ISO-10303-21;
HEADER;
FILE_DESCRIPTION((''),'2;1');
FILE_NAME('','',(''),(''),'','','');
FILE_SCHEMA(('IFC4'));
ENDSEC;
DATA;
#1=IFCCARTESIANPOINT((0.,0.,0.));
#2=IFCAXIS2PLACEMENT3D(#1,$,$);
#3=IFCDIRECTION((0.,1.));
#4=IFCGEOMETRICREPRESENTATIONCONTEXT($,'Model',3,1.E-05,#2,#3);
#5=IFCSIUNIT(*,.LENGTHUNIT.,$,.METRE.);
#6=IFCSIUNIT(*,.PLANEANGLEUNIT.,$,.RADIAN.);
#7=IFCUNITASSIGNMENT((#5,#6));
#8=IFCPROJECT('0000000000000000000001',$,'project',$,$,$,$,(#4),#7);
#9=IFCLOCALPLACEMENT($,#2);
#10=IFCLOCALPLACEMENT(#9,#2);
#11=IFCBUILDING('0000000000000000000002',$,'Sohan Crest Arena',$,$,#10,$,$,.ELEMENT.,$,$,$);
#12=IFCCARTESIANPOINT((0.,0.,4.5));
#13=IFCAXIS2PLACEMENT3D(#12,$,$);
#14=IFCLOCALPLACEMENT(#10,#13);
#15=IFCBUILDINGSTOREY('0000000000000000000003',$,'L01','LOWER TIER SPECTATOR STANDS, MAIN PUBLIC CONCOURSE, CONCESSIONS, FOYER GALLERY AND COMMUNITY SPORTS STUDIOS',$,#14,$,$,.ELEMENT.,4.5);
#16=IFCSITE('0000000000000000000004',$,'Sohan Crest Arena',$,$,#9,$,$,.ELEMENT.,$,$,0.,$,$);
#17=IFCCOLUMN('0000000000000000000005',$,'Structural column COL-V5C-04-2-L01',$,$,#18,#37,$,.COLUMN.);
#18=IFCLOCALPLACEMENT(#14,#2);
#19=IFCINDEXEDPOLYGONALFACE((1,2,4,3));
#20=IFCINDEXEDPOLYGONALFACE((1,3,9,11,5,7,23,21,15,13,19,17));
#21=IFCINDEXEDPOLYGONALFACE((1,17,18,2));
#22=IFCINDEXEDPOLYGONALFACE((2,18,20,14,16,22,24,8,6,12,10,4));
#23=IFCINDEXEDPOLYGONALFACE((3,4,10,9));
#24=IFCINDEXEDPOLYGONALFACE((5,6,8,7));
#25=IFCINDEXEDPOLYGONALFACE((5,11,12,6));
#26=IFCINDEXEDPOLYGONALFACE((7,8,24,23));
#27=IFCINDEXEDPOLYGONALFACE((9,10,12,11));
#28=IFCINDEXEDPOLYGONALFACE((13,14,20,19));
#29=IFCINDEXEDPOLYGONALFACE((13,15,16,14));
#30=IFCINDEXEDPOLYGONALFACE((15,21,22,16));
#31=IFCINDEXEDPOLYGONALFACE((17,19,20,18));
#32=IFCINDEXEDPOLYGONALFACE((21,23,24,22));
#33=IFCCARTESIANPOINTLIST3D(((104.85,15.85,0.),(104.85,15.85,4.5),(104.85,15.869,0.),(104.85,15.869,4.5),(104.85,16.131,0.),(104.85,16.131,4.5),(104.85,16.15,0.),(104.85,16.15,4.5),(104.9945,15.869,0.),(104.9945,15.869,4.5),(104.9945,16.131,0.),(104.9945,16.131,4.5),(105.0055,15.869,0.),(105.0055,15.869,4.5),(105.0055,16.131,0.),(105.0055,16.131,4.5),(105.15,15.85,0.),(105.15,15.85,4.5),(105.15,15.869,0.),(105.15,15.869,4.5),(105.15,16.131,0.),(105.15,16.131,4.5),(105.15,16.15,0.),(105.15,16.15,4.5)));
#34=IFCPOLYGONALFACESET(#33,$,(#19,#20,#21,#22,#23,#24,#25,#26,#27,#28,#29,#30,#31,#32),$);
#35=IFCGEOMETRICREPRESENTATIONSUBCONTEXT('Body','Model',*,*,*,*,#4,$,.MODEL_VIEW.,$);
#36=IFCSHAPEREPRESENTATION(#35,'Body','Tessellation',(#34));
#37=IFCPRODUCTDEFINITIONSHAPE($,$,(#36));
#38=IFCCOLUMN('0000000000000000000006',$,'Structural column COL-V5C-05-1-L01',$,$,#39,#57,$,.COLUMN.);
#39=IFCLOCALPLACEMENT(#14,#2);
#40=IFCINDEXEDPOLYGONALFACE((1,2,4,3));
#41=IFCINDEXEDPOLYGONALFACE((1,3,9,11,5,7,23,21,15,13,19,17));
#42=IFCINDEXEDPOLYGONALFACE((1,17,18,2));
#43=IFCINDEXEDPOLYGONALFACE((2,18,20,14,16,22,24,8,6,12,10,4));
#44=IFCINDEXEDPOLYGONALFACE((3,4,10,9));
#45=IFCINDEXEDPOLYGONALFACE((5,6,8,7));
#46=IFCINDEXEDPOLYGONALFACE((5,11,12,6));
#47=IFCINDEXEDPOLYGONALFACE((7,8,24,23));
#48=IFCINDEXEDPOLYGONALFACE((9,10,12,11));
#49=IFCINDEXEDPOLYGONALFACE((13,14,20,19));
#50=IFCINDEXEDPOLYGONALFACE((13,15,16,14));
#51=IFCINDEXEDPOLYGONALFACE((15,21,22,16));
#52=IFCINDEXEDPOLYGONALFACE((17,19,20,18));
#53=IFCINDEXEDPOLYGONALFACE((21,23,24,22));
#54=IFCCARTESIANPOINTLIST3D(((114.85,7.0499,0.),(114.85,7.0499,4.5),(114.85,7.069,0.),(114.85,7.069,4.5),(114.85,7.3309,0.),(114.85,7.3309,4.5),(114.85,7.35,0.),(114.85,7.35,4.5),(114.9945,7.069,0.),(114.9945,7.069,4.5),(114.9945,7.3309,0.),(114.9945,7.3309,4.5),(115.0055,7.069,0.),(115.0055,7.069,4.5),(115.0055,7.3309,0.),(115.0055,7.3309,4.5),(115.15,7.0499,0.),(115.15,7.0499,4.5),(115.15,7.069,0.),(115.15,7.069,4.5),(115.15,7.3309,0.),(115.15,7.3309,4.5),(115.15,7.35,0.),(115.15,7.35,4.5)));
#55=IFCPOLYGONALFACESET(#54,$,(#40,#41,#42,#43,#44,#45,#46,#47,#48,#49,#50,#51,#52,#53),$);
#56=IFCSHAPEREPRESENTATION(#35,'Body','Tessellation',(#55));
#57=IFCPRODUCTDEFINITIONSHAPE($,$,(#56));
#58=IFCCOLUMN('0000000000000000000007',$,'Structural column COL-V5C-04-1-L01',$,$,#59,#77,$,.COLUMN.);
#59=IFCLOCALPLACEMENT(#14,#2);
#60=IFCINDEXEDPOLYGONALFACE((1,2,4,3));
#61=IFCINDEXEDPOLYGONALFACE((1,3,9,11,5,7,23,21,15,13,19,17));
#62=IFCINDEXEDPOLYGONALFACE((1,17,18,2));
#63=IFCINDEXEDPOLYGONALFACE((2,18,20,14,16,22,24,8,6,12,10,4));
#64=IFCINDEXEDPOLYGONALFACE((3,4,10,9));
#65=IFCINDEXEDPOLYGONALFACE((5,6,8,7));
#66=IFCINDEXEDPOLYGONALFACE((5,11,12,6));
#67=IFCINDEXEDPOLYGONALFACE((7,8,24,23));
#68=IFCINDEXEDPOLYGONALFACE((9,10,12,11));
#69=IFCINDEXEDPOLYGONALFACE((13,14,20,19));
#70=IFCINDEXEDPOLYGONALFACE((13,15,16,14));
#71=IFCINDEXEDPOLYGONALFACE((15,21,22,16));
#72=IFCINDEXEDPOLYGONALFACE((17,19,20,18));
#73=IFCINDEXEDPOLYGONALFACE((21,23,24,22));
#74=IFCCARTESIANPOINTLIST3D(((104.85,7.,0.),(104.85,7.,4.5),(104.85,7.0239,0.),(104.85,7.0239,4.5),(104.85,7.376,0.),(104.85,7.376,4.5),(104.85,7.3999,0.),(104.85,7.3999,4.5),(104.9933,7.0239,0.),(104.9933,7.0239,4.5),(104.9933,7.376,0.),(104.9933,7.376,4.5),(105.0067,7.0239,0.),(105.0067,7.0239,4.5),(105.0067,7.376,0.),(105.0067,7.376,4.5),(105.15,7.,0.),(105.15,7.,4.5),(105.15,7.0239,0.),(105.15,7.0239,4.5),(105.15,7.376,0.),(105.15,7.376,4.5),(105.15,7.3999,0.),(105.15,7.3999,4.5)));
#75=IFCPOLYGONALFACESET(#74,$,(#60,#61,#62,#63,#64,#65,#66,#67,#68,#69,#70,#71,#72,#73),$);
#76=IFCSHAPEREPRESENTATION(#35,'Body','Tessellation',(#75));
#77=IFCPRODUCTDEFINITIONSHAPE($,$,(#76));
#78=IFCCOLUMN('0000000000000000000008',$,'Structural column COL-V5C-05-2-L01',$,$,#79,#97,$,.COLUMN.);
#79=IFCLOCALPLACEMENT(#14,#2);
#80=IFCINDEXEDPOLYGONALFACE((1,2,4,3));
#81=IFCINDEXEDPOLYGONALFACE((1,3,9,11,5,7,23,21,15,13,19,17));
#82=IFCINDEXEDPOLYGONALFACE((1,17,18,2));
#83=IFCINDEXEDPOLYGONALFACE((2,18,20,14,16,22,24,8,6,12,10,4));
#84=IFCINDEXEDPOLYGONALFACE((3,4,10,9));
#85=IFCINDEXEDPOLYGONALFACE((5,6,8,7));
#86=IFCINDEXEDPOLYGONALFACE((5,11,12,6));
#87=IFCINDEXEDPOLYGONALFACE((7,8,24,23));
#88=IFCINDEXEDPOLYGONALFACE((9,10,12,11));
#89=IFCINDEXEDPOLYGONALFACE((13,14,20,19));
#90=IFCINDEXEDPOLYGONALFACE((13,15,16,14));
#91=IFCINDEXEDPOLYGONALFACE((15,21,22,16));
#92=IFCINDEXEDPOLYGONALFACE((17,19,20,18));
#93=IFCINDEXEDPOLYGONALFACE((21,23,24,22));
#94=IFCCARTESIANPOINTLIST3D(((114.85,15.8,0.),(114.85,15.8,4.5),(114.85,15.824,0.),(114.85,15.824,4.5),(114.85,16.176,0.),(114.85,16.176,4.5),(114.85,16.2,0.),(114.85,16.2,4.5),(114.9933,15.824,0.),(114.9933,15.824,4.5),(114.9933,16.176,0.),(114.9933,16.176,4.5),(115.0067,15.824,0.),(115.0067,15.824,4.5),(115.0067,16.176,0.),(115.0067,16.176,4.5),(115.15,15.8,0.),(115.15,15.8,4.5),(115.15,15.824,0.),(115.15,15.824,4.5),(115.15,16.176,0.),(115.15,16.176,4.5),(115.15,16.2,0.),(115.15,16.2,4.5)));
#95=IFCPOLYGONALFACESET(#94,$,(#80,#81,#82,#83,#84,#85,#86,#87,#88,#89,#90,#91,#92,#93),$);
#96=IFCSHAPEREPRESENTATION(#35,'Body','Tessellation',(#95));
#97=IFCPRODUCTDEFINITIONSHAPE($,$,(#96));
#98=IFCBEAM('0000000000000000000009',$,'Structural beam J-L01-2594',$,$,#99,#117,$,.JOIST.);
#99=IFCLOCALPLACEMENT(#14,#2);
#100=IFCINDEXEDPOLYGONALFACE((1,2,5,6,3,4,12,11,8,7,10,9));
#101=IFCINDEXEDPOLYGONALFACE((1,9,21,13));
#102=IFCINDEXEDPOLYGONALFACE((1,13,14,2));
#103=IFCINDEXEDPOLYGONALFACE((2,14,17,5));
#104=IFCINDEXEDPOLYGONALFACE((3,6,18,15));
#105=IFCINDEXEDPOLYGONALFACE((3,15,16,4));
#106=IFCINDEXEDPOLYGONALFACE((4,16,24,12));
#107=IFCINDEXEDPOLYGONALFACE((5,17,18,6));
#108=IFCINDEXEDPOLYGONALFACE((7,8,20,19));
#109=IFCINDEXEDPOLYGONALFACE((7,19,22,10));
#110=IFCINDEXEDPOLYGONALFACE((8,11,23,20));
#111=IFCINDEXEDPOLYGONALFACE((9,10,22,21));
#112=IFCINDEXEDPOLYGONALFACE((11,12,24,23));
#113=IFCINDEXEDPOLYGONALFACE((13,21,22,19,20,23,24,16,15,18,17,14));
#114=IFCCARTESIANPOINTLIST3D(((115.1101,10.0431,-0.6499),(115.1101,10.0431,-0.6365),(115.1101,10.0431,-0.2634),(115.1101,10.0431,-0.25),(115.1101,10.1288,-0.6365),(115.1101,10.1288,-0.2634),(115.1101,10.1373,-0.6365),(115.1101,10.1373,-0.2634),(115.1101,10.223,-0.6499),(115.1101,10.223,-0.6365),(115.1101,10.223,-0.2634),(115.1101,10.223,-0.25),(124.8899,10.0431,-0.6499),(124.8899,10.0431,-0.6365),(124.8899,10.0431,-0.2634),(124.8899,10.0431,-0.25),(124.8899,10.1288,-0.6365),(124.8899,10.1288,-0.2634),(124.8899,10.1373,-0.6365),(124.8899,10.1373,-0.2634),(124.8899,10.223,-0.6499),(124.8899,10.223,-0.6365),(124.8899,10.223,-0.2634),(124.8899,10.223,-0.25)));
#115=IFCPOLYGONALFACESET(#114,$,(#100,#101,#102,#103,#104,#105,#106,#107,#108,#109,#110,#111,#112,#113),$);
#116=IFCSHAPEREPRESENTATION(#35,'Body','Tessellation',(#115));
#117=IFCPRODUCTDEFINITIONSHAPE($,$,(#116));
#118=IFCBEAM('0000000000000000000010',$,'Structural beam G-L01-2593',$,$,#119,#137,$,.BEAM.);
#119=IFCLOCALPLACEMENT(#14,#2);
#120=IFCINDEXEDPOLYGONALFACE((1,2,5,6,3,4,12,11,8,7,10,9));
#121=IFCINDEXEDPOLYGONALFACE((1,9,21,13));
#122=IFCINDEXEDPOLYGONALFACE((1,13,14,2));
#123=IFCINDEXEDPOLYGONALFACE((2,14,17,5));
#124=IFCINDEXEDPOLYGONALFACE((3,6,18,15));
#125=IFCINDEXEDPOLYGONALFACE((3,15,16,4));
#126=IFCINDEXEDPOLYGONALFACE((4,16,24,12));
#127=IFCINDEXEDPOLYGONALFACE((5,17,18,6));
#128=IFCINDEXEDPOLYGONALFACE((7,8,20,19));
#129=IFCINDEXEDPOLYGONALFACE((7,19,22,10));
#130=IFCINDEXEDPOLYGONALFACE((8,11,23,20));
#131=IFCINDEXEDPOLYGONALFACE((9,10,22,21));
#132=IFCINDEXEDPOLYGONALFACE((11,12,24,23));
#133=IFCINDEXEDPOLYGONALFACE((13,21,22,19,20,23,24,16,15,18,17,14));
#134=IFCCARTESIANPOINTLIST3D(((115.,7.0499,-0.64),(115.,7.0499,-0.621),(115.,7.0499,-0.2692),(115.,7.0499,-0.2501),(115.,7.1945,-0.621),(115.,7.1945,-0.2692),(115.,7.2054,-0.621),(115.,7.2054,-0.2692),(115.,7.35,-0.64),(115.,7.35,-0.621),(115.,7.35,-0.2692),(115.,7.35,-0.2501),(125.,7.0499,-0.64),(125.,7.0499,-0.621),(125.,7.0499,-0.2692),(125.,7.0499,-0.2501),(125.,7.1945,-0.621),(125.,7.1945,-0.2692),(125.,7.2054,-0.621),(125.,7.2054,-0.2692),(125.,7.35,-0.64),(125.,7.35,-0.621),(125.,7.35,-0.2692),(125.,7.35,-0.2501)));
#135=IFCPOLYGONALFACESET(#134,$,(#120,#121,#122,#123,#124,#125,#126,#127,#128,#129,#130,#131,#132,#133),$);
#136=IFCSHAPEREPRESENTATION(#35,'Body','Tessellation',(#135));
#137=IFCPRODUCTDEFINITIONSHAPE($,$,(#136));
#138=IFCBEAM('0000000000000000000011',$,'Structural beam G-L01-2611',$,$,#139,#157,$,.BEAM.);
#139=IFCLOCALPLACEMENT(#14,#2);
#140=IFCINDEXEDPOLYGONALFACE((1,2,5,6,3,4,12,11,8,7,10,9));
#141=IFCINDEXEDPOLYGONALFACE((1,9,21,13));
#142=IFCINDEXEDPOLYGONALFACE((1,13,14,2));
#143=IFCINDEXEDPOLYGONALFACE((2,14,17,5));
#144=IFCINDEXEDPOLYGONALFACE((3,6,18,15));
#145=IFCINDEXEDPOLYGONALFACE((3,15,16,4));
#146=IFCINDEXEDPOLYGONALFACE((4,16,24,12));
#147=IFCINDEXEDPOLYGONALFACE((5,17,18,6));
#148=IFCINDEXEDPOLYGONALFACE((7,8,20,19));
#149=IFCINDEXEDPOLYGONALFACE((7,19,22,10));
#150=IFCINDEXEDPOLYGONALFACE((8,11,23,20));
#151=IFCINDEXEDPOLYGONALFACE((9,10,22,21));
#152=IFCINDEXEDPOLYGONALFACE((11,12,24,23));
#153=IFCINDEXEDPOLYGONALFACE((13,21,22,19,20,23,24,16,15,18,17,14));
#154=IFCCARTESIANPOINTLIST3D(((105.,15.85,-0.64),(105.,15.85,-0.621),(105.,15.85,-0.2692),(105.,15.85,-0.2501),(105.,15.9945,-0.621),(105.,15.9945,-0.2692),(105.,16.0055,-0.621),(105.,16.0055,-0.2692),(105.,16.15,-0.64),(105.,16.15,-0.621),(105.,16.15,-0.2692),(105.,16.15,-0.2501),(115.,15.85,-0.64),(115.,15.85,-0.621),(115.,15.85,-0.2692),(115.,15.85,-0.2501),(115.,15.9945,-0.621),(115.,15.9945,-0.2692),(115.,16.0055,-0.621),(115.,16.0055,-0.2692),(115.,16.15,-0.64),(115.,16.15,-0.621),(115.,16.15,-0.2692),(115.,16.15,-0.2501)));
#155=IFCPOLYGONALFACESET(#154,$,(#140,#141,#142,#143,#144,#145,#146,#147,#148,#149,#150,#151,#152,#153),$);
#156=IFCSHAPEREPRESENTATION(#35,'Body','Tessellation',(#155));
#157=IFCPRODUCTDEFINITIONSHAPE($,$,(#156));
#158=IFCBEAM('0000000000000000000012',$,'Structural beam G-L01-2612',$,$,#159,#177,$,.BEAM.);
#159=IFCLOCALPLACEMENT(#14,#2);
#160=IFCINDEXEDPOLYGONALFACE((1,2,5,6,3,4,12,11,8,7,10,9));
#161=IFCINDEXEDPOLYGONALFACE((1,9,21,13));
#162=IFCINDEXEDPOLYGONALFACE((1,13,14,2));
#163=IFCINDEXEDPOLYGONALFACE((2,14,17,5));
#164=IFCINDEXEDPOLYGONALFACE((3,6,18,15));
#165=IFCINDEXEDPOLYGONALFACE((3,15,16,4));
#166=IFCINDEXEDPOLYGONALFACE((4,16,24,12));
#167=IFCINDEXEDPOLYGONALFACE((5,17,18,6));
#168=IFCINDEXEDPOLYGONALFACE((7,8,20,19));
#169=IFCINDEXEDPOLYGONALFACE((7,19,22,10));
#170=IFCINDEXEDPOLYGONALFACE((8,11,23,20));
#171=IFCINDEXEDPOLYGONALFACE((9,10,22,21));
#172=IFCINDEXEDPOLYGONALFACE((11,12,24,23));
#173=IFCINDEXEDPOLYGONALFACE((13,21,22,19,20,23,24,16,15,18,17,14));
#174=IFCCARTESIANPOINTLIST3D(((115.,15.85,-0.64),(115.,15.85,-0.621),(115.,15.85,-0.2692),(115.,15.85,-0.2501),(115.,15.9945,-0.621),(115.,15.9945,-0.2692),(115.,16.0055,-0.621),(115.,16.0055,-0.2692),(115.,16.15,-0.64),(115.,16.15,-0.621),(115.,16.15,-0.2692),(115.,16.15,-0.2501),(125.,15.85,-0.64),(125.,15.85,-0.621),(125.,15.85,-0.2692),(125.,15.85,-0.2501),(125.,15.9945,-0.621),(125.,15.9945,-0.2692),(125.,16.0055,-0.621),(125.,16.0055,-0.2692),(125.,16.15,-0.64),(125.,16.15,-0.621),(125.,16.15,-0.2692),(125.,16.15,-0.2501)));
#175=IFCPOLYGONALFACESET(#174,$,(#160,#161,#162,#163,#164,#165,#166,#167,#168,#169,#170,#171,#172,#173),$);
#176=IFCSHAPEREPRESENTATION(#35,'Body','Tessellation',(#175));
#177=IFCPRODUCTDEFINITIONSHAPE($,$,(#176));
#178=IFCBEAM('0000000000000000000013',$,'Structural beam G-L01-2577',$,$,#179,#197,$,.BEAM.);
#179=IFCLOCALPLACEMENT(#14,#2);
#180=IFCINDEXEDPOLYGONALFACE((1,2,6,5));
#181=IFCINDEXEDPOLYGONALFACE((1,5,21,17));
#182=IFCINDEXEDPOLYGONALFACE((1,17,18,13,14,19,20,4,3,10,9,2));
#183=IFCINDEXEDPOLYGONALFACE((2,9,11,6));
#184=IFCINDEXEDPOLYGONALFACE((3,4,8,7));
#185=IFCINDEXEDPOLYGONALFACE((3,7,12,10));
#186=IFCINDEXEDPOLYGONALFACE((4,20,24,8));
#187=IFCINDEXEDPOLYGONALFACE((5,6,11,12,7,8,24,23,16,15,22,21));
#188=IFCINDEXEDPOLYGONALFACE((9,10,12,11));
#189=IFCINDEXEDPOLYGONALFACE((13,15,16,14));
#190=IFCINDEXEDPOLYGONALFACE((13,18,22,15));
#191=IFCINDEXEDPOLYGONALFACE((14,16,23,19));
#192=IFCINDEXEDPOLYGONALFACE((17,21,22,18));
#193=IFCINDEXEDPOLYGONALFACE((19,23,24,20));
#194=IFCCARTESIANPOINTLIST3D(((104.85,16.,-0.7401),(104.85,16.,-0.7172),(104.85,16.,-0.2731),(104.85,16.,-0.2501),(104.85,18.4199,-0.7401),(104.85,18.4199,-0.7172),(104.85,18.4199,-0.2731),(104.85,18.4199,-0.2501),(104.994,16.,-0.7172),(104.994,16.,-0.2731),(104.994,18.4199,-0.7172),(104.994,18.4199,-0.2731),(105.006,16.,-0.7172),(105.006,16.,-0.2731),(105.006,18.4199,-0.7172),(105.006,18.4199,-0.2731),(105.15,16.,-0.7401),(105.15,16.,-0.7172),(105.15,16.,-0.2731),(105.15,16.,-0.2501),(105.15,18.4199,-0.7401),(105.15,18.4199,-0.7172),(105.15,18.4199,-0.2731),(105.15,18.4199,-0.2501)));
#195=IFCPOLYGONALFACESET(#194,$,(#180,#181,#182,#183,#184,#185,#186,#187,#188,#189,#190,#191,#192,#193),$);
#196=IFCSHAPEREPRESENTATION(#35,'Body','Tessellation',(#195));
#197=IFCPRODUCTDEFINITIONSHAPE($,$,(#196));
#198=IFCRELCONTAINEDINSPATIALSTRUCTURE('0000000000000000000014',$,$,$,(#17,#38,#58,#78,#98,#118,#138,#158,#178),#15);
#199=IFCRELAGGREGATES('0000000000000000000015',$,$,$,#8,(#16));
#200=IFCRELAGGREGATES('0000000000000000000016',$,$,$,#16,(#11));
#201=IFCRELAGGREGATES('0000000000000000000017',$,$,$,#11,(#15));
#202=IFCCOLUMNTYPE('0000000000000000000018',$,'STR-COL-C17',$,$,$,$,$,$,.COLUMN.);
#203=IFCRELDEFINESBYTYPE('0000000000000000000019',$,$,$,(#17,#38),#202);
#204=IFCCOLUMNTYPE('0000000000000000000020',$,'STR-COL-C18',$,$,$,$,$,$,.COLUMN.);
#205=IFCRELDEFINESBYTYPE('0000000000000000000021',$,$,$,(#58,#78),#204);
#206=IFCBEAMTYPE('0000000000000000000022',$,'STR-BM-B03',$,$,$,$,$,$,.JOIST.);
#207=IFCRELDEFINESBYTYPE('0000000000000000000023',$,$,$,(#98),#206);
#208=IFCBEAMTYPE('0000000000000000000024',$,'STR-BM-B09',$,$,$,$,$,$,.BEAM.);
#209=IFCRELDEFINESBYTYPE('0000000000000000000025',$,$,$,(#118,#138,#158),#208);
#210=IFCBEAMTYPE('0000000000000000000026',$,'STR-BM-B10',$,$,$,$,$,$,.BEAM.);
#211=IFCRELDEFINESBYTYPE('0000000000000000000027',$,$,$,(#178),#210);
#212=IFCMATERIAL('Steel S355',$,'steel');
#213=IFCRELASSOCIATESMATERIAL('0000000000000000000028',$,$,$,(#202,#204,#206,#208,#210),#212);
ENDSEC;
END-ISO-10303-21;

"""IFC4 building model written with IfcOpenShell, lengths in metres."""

from ifc_helpers import new_model, si_unit, direction, frame, origin, origin_2d, place, context, subcontext, project, spatial, i_section, extrude, material, material_profile, profile_set, type_object, element, save


model = new_model("IFC4")

# Units and contexts
model_context = context("Model", 3, precision=1e-05, world=origin(), true_north=direction((0.0, 1.0)))
body_context = subcontext(model_context, "Body", "Model", "MODEL_VIEW")
ifc_project = project(units=[si_unit("LENGTHUNIT", "METRE"), si_unit("PLANEANGLEUNIT", "RADIAN")], contexts=[model_context])

# Site, building, storey
site_placement = place(None, origin())
site = spatial("IfcSite", under=ifc_project, at=site_placement, Name="Sohan Crest Arena", CompositionType="ELEMENT", RefElevation=0.0)
building_placement = place(site_placement, origin())
building = spatial("IfcBuilding", under=site, at=building_placement, Name="Sohan Crest Arena", CompositionType="ELEMENT")
storey_placement = place(building_placement, frame((0.0, 0.0, 4.5)))
storey = spatial("IfcBuildingStorey", under=building, at=storey_placement, Name="L01", Description="LOWER TIER SPECTATOR STANDS, MAIN PUBLIC CONCOURSE, CONCESSIONS, FOYER GALLERY AND COMMUNITY SPORTS STUDIOS", CompositionType="ELEMENT", Elevation=4.5)

# Columns
ifc_material_1 = material(Name="Steel S355", Category="steel")
ifc_material_profile_1 = material_profile(ifc_material_1, i_section(OverallWidth=0.3, OverallDepth=0.3, WebThickness=0.011, FlangeThickness=0.019, at=origin_2d()), Name="HEB 300")
ifc_profile_set_1 = profile_set([ifc_material_profile_1], Name="Steel S355")
column_type_1 = type_object("IfcColumnType", Name="STR-COL-C17", PredefinedType="COLUMN", material=ifc_profile_set_1)
for number, where, z_axis, x_axis, name in (
    (1, (105.0, 16.0, 0.0), (0.0, 0.0, 1.0), (1.0, 0.0, 0.0), "Structural column COL-V5C-04-2-L01"),
    (2, (115.0, 7.2, 0.0), (0.0, 0.0, 1.0), (1.0, 0.0, 0.0), "Structural column COL-V5C-05-1-L01"),
):
    element("IfcColumn", number, at=place(storey_placement, frame(where, z_axis=z_axis, x_axis=x_axis)), inside=storey, type_object=column_type_1, Name=name, PredefinedType="COLUMN", context=body_context, shape_type="SweptSolid", body=[
        extrude(i_section(OverallWidth=0.3, OverallDepth=0.3, WebThickness=0.011, FlangeThickness=0.019, at=origin_2d()), origin(), (0.0, 0.0, 1.0), 4.5),
    ])
ifc_material_profile_2 = material_profile(ifc_material_1, i_section(OverallWidth=0.3, OverallDepth=0.3999, WebThickness=0.0134, FlangeThickness=0.0239, at=origin_2d()), Name="HEB 400")
ifc_profile_set_2 = profile_set([ifc_material_profile_2], Name="Steel S355")
column_type_2 = type_object("IfcColumnType", Name="STR-COL-C18", PredefinedType="COLUMN", material=ifc_profile_set_2)
for number, where, z_axis, x_axis, name in (
    (3, (105.0, 7.2, 0.0), (0.0, 0.0, 1.0), (1.0, 0.0, 0.0), "Structural column COL-V5C-04-1-L01"),
    (4, (115.0, 16.0, 0.0), (0.0, 0.0, 1.0), (1.0, 0.0, 0.0), "Structural column COL-V5C-05-2-L01"),
):
    element("IfcColumn", number, at=place(storey_placement, frame(where, z_axis=z_axis, x_axis=x_axis)), inside=storey, type_object=column_type_2, Name=name, PredefinedType="COLUMN", context=body_context, shape_type="SweptSolid", body=[
        extrude(i_section(OverallWidth=0.3, OverallDepth=0.3999, WebThickness=0.0134, FlangeThickness=0.0239, at=origin_2d()), origin(), (0.0, 0.0, 1.0), 4.5),
    ])

# Beams
ifc_material_profile_3 = material_profile(ifc_material_1, i_section(OverallWidth=0.1799, OverallDepth=0.3999, WebThickness=0.0085, FlangeThickness=0.0134, at=origin_2d()), Name="IPE 400")
ifc_profile_set_3 = profile_set([ifc_material_profile_3], Name="Steel S355")
beam_type_1 = type_object("IfcBeamType", Name="STR-BM-B03", PredefinedType="JOIST", material=ifc_profile_set_3)
beam_1_placement = place(storey_placement, frame((115.1101, 10.1331, -0.45), z_axis=(1.0, 0.0, 0.0), x_axis=(0.0, 1.0, 0.0)))
element("IfcBeam", 5, at=beam_1_placement, inside=storey, type_object=beam_type_1, Name="Structural beam J-L01-2594", PredefinedType="JOIST", context=body_context, shape_type="SweptSolid", body=[
    extrude(i_section(OverallWidth=0.1799, OverallDepth=0.3999, WebThickness=0.0085, FlangeThickness=0.0134, at=origin_2d()), origin(), (0.0, 0.0, 1.0), 9.7798),
])
ifc_material_profile_4 = material_profile(ifc_material_1, i_section(OverallWidth=0.3, OverallDepth=0.3899, WebThickness=0.011, FlangeThickness=0.019, at=origin_2d()), Name="HEA 400")
ifc_profile_set_4 = profile_set([ifc_material_profile_4], Name="Steel S355")
beam_type_2 = type_object("IfcBeamType", Name="STR-BM-B09", PredefinedType="BEAM", material=ifc_profile_set_4)
for number, where, z_axis, x_axis, name in (
    (6, (115.0, 7.2, -0.4451), (1.0, 0.0, 0.0), (0.0, 1.0, 0.0), "Structural beam G-L01-2593"),
    (7, (105.0, 16.0, -0.4451), (1.0, 0.0, 0.0), (0.0, 1.0, 0.0), "Structural beam G-L01-2611"),
    (8, (115.0, 16.0, -0.4451), (1.0, 0.0, 0.0), (0.0, 1.0, 0.0), "Structural beam G-L01-2612"),
):
    element("IfcBeam", number, at=place(storey_placement, frame(where, z_axis=z_axis, x_axis=x_axis)), inside=storey, type_object=beam_type_2, Name=name, PredefinedType="BEAM", context=body_context, shape_type="SweptSolid", body=[
        extrude(i_section(OverallWidth=0.3, OverallDepth=0.3899, WebThickness=0.011, FlangeThickness=0.019, at=origin_2d()), origin(), (0.0, 0.0, 1.0), 10.0),
    ])
ifc_material_profile_5 = material_profile(ifc_material_1, i_section(OverallWidth=0.3, OverallDepth=0.49, WebThickness=0.012, FlangeThickness=0.0229, at=origin_2d()), Name="HEA 500")
ifc_profile_set_5 = profile_set([ifc_material_profile_5], Name="Steel S355")
beam_type_3 = type_object("IfcBeamType", Name="STR-BM-B10", PredefinedType="BEAM", material=ifc_profile_set_5)
beam_2_placement = place(storey_placement, frame((105.0, 16.0, -0.4951), z_axis=(0.0, 1.0, 0.0), x_axis=(-1.0, 0.0, 0.0)))
element("IfcBeam", 9, at=beam_2_placement, inside=storey, type_object=beam_type_3, Name="Structural beam G-L01-2577", PredefinedType="BEAM", context=body_context, shape_type="SweptSolid", body=[
    extrude(i_section(OverallWidth=0.3, OverallDepth=0.49, WebThickness=0.012, FlangeThickness=0.0229, at=origin_2d()), origin(), (0.0, 0.0, 1.0), 2.4199),
])

save(model, "model.ifc")
